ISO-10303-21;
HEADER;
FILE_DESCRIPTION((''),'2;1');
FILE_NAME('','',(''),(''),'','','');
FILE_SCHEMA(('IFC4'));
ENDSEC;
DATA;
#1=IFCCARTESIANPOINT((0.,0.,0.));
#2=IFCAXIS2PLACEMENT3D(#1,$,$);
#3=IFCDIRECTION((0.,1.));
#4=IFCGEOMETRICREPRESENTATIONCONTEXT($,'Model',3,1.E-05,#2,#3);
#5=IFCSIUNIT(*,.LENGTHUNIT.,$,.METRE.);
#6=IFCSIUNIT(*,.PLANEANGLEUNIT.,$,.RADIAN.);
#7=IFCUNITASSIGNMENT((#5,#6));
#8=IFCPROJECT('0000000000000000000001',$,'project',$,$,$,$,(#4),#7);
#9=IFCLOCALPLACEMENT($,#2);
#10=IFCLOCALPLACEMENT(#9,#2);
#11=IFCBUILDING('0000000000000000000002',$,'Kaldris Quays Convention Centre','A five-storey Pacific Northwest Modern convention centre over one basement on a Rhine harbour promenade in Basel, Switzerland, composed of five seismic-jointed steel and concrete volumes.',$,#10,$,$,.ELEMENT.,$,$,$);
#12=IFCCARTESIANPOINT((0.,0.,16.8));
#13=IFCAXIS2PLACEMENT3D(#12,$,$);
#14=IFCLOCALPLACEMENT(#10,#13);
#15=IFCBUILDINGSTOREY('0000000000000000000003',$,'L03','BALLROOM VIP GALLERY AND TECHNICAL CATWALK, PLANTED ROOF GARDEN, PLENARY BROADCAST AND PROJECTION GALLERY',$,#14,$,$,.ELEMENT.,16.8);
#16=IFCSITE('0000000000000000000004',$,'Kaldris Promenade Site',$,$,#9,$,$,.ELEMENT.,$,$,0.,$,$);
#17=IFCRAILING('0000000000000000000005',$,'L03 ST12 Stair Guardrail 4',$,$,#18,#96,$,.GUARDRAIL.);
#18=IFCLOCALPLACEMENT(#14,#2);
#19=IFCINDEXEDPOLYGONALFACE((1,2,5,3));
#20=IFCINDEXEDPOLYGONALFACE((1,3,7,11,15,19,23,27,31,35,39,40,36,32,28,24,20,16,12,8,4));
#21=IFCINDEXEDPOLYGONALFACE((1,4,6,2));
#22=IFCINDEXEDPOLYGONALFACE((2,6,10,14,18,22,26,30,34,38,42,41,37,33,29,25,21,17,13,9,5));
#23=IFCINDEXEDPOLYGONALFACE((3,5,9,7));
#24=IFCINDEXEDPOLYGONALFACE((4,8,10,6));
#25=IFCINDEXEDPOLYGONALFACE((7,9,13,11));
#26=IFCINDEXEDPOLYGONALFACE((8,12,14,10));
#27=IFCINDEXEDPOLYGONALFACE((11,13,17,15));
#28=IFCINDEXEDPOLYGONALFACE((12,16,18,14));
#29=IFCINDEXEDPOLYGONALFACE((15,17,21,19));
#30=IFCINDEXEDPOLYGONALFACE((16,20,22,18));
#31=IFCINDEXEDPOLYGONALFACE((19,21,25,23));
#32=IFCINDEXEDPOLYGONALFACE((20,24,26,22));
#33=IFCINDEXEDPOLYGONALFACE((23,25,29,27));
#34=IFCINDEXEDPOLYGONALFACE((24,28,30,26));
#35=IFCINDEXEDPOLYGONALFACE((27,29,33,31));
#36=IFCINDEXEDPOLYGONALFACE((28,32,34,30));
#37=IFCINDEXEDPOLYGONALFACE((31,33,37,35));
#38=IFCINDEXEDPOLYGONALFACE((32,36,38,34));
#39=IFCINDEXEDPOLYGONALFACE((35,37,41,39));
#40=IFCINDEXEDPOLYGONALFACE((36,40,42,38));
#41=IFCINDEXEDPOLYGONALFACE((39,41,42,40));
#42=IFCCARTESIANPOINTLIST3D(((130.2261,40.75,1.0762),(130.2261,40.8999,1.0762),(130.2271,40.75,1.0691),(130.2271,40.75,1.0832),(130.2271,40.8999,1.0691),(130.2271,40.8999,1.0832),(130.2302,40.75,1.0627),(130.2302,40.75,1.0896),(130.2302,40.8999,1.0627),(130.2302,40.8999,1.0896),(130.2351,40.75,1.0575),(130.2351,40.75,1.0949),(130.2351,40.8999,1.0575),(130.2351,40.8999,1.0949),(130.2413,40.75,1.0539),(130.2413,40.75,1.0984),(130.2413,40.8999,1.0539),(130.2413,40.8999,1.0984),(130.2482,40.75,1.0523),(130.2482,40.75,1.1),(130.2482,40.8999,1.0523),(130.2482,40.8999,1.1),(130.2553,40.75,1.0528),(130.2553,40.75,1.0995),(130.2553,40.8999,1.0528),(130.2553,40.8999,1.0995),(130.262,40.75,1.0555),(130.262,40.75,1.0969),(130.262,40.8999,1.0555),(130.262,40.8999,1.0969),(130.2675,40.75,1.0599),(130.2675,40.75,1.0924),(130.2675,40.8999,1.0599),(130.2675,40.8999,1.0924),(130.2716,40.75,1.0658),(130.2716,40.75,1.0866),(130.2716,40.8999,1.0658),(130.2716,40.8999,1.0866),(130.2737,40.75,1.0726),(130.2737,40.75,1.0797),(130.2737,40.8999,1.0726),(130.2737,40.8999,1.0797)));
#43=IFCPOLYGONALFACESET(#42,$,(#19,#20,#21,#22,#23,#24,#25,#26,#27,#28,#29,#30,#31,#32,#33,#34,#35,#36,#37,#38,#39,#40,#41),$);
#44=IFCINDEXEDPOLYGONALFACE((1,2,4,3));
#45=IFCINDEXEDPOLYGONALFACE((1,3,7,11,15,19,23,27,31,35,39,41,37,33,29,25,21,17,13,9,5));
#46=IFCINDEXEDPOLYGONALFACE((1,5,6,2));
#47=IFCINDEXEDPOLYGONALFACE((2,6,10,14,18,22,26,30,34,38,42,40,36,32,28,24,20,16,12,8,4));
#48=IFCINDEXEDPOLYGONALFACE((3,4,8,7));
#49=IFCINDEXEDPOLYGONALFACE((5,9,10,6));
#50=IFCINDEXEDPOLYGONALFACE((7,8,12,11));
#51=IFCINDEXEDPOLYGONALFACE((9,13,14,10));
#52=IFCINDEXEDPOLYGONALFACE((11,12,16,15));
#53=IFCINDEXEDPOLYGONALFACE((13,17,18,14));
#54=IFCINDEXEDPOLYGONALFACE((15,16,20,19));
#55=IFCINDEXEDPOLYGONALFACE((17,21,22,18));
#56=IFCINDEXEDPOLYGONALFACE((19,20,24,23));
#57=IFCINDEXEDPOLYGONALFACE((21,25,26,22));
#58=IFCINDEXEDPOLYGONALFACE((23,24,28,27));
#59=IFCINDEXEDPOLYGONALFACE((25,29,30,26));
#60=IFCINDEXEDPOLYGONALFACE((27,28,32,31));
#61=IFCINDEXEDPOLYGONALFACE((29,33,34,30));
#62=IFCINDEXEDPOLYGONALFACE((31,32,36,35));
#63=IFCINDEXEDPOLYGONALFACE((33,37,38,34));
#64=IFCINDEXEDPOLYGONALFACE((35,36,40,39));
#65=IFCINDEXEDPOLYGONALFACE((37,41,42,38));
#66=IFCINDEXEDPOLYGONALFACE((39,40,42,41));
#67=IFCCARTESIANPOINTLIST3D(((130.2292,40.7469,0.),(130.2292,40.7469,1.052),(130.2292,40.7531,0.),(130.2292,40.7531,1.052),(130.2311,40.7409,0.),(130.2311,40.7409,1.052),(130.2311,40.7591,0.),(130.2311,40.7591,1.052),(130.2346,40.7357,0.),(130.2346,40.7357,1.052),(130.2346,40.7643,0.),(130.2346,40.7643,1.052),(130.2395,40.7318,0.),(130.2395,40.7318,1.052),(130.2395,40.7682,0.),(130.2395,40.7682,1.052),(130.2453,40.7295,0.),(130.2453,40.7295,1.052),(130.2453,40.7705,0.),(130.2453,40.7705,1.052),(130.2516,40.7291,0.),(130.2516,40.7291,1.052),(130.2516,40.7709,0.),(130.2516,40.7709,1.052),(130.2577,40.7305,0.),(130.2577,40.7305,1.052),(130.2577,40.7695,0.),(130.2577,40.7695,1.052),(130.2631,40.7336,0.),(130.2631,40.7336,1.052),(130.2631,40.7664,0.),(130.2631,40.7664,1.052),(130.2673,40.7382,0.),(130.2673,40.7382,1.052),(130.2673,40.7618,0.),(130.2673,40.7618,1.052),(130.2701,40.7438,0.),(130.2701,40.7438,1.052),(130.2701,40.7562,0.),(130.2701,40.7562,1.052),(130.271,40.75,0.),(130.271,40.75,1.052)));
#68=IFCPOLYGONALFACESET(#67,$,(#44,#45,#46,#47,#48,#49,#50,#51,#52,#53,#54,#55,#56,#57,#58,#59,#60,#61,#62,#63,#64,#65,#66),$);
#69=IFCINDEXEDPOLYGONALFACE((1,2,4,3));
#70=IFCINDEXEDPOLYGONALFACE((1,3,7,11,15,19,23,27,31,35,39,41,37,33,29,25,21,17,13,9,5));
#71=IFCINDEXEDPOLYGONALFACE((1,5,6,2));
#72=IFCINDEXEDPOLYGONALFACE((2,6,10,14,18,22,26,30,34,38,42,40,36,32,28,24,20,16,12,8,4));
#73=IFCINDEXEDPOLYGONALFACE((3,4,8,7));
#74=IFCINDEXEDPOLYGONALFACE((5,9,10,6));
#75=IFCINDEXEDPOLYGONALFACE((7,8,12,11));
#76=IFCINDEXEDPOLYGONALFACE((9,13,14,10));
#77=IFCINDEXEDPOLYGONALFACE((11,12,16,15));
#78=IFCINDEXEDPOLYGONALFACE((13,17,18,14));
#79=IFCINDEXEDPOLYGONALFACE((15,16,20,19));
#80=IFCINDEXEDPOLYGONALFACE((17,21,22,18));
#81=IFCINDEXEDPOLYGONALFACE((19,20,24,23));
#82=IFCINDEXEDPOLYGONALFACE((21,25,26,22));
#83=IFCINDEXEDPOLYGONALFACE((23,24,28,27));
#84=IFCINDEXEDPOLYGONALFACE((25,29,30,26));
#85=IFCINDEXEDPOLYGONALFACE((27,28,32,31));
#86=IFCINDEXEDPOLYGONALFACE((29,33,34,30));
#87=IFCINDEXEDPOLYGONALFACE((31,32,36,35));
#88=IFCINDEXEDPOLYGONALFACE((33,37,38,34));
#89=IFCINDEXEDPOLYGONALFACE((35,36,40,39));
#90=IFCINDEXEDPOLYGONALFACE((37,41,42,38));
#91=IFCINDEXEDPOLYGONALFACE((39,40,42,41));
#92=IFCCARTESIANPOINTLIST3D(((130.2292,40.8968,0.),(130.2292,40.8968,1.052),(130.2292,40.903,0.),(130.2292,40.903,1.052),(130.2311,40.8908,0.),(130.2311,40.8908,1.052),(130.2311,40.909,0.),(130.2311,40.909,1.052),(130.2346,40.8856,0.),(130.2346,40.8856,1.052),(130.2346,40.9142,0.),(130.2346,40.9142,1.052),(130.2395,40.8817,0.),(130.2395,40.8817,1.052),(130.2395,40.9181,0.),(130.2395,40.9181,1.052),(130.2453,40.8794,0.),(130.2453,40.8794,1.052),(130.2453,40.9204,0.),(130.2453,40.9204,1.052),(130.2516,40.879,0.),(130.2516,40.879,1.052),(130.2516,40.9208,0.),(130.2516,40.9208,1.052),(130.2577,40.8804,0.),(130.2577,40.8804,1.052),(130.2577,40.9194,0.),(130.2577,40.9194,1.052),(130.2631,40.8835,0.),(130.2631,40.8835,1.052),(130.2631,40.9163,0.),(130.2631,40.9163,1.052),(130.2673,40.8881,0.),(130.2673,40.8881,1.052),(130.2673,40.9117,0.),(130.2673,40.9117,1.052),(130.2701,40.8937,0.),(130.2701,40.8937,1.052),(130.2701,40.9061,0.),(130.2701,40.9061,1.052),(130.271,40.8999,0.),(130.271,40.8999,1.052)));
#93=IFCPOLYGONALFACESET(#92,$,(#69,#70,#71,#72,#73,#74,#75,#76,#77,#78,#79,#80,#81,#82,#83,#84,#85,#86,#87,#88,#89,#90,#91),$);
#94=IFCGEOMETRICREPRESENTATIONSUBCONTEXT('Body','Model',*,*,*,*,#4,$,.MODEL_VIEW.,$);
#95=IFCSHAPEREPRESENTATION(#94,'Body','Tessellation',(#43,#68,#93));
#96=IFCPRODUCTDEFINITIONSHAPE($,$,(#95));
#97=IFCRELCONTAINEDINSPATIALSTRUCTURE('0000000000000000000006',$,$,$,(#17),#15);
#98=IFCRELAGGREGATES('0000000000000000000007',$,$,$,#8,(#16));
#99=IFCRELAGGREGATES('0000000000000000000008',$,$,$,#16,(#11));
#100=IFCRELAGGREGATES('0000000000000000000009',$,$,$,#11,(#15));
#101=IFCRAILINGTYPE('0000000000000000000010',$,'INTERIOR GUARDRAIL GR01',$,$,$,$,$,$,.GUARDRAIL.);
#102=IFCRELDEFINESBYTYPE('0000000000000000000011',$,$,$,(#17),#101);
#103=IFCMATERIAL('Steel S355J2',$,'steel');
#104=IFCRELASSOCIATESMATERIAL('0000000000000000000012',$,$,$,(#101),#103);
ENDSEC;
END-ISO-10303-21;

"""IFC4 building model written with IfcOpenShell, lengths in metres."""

from ifc_helpers import new_model, si_unit, direction, frame, origin, origin_2d, place, context, subcontext, project, spatial, circle, extrude, material, type_object, element, save


model = new_model("IFC4")

# Units and contexts
model_context = context("Model", 3, precision=1e-05, world=origin(), true_north=direction((0.0, 1.0)))
body_context = subcontext(model_context, "Body", "Model", "MODEL_VIEW")
ifc_project = project(units=[si_unit("LENGTHUNIT", "METRE"), si_unit("PLANEANGLEUNIT", "RADIAN")], contexts=[model_context])

# Site, building, storey
site_placement = place(None, origin())
site = spatial("IfcSite", under=ifc_project, at=site_placement, Name="Kaldris Promenade Site", CompositionType="ELEMENT", RefElevation=0.0)
building_placement = place(site_placement, origin())
building = spatial("IfcBuilding", under=site, at=building_placement, Name="Kaldris Quays Convention Centre", Description="A five-storey Pacific Northwest Modern convention centre over one basement on a Rhine harbour promenade in Basel, Switzerland, composed of five seismic-jointed steel and concrete volumes.", CompositionType="ELEMENT")
storey_placement = place(building_placement, frame((0.0, 0.0, 16.8)))
storey = spatial("IfcBuildingStorey", under=building, at=storey_placement, Name="L03", Description="BALLROOM VIP GALLERY AND TECHNICAL CATWALK, PLANTED ROOF GARDEN, PLENARY BROADCAST AND PROJECTION GALLERY", CompositionType="ELEMENT", Elevation=16.8)

# Railing
ifc_material_1 = material(Name="Steel S355J2", Category="steel")
railing_type_1 = type_object("IfcRailingType", Name="INTERIOR GUARDRAIL GR01", PredefinedType="GUARDRAIL", material=ifc_material_1)
railing_1_placement = place(storey_placement, frame((130.25, 40.75, 0.0)))
element("IfcRailing", 1, at=railing_1_placement, inside=storey, type_object=railing_type_1, Name="L03 ST12 Stair Guardrail 4", PredefinedType="GUARDRAIL", context=body_context, shape_type="SweptSolid", body=[
    extrude(circle(Radius=0.0239, at=origin_2d()), frame((0.0, 0.0, 1.0762), z_axis=(0.0, 1.0, 0.0), x_axis=(-1.0, 0.0, 0.0)), (0.0, 0.0, 1.0), 0.1499),
    extrude(circle(Radius=0.021, at=origin_2d()), origin(), (0.0, 0.0, 1.0), 1.052),
    extrude(circle(Radius=0.021, at=origin_2d()), frame((0.0, 0.1499, 0.0)), (0.0, 0.0, 1.0), 1.052),
])

save(model, "model.ifc")
